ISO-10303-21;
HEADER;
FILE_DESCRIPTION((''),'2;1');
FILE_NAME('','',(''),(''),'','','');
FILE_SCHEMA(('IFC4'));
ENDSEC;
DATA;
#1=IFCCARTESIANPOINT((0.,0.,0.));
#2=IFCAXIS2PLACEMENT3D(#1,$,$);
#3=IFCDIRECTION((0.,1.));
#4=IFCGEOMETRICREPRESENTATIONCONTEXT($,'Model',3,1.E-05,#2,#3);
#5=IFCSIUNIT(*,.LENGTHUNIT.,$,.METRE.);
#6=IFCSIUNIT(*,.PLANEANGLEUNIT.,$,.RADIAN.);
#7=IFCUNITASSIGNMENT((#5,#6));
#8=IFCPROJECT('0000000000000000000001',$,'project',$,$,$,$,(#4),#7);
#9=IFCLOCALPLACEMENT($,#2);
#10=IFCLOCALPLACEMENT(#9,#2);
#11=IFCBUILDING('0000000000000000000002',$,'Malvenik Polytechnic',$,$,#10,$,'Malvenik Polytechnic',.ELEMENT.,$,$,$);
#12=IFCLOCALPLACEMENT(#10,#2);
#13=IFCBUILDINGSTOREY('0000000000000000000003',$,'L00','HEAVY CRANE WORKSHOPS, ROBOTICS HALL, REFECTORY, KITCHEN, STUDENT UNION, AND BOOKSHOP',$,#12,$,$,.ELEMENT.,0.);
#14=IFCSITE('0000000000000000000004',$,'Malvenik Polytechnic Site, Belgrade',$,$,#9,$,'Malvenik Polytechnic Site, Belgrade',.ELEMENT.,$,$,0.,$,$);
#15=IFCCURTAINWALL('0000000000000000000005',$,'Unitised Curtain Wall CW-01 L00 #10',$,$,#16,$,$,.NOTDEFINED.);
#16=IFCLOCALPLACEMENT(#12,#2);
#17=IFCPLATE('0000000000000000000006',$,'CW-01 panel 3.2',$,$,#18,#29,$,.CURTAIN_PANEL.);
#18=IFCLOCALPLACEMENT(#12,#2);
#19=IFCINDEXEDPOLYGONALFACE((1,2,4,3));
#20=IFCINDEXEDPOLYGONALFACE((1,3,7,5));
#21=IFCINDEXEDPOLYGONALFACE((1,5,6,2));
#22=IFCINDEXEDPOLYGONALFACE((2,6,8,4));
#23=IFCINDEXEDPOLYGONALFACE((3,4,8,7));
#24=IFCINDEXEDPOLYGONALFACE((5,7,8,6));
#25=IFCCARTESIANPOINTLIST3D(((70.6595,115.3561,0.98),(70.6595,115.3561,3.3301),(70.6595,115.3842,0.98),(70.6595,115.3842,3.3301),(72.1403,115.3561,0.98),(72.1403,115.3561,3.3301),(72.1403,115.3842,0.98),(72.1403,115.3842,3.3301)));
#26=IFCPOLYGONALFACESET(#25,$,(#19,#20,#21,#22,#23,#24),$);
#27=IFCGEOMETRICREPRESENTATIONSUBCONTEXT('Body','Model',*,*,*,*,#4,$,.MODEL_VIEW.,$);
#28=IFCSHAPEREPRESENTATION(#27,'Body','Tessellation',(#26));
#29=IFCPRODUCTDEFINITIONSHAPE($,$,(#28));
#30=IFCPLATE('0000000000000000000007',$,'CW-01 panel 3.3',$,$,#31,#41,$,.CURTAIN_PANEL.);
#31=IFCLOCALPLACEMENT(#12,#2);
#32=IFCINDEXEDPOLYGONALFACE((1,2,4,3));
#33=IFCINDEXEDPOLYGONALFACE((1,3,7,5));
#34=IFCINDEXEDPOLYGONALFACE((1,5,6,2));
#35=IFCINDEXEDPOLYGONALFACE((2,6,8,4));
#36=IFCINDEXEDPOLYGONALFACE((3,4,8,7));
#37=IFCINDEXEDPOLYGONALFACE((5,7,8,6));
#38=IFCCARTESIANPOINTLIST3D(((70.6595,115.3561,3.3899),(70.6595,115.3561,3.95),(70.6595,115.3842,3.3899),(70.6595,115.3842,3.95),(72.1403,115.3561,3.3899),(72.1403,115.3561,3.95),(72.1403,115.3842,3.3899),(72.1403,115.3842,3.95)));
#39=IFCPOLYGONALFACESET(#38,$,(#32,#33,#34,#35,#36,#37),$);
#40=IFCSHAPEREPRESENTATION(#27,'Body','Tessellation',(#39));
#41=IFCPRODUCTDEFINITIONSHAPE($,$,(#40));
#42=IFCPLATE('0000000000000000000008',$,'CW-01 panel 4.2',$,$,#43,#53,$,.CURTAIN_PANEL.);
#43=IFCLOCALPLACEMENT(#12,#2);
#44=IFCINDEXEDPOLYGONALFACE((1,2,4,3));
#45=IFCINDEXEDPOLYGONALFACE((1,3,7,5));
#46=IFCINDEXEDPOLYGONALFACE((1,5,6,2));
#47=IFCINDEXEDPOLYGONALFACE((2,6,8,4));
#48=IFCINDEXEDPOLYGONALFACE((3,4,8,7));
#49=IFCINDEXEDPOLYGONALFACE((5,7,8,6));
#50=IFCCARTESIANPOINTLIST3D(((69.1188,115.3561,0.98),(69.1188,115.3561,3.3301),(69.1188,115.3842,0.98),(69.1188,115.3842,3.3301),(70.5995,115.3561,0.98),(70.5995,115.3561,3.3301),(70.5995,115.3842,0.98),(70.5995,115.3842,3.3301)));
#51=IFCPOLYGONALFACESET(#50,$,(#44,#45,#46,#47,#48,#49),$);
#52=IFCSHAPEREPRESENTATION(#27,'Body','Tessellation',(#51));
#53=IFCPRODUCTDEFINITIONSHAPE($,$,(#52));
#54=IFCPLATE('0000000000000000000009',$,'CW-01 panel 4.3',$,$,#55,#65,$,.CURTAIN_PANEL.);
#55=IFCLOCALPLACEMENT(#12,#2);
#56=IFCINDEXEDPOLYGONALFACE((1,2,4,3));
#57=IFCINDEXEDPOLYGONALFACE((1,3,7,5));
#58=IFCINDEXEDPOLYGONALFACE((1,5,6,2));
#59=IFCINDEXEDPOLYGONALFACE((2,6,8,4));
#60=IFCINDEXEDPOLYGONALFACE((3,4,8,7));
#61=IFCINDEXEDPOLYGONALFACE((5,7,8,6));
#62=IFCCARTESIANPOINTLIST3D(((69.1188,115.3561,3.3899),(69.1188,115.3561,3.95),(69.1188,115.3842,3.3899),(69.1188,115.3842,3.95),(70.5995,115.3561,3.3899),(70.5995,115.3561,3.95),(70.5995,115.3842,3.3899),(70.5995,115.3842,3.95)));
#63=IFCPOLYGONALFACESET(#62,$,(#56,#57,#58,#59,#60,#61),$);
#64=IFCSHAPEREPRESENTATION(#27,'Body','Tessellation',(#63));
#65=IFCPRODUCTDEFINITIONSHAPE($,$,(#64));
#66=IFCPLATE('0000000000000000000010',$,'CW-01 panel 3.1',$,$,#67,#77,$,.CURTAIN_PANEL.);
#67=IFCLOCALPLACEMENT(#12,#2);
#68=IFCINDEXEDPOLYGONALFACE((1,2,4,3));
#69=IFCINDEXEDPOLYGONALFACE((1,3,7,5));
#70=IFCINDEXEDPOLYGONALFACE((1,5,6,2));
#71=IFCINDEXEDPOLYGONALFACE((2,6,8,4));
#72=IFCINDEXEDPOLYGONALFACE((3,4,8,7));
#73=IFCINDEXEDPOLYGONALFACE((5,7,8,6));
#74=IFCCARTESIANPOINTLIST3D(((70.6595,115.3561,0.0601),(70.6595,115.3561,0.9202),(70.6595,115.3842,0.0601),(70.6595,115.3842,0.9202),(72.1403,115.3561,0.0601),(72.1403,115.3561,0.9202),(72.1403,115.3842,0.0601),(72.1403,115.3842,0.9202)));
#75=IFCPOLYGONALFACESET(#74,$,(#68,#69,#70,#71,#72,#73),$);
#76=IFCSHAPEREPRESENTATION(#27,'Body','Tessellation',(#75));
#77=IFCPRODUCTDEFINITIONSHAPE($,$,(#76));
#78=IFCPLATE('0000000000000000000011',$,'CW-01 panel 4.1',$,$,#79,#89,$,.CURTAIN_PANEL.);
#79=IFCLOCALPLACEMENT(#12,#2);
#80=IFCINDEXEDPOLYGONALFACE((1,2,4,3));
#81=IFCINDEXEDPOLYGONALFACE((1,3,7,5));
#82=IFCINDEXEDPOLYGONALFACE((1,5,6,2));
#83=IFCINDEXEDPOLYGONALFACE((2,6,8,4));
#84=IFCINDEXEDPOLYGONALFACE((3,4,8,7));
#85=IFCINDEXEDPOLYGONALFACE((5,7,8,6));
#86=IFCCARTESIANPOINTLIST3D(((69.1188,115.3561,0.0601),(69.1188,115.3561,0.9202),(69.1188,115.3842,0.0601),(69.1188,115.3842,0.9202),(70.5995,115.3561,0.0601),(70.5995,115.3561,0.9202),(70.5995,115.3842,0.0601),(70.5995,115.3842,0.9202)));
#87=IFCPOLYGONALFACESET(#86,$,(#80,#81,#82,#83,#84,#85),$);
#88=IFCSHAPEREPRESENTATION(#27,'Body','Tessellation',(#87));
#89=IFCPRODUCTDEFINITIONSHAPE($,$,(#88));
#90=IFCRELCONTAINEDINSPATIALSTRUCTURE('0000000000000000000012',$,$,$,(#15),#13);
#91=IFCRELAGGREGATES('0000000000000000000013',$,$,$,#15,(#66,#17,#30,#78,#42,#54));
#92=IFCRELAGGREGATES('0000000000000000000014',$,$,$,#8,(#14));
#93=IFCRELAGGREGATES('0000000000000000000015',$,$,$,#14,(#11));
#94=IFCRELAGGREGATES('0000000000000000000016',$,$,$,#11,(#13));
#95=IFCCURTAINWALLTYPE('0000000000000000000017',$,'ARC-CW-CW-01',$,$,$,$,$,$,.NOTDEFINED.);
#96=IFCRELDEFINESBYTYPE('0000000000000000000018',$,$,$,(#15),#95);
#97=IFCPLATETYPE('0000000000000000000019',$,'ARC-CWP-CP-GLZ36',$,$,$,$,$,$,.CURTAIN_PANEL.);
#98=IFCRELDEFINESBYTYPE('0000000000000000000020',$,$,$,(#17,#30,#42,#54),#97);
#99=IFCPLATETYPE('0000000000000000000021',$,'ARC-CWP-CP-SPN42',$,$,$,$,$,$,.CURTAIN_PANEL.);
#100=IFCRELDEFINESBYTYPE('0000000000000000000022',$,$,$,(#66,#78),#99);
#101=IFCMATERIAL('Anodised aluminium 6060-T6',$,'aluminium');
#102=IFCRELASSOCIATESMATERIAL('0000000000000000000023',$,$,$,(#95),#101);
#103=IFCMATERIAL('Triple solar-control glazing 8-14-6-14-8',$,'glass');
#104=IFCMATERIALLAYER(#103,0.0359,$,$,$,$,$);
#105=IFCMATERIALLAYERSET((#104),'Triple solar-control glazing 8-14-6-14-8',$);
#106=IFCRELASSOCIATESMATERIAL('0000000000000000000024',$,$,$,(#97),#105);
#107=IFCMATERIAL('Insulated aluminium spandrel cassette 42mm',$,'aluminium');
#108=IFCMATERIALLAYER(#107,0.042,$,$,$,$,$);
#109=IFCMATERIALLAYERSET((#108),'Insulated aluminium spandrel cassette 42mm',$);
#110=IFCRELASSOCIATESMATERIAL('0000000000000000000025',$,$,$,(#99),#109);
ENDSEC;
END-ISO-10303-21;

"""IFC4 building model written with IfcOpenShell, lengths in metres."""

from ifc_helpers import new_model, si_unit, direction, frame, origin, origin_2d, place, context, subcontext, project, spatial, rectangle, extrude, material, layer, layer_set, type_object, element, aggregate, save


model = new_model("IFC4")

# Units and contexts
model_context = context("Model", 3, precision=1e-05, world=origin(), true_north=direction((0.0, 1.0)))
body_context = subcontext(model_context, "Body", "Model", "MODEL_VIEW")
ifc_project = project(units=[si_unit("LENGTHUNIT", "METRE"), si_unit("PLANEANGLEUNIT", "RADIAN")], contexts=[model_context])

# Site, building, storey
site_placement = place(None, origin())
site = spatial("IfcSite", under=ifc_project, at=site_placement, Name="Malvenik Polytechnic Site, Belgrade", LongName="Malvenik Polytechnic Site, Belgrade", CompositionType="ELEMENT", RefElevation=0.0)
building_placement = place(site_placement, origin())
building = spatial("IfcBuilding", under=site, at=building_placement, Name="Malvenik Polytechnic", LongName="Malvenik Polytechnic", CompositionType="ELEMENT")
storey_placement = place(building_placement, origin())
storey = spatial("IfcBuildingStorey", under=building, at=storey_placement, Name="L00", Description="HEAVY CRANE WORKSHOPS, ROBOTICS HALL, REFECTORY, KITCHEN, STUDENT UNION, AND BOOKSHOP", CompositionType="ELEMENT", Elevation=0.0)

# Curtain wall, plates
ifc_material_1 = material(Name="Anodised aluminium 6060-T6", Category="aluminium")
curtain_wall_type = type_object("IfcCurtainWallType", Name="ARC-CW-CW-01", PredefinedType="NOTDEFINED", material=ifc_material_1)
curtain_wall_placement = place(storey_placement, origin())
curtain_wall = element("IfcCurtainWall", 1, at=curtain_wall_placement, inside=storey, type_object=curtain_wall_type, Name="Unitised Curtain Wall CW-01 L00 #10", PredefinedType="NOTDEFINED")
ifc_material_2 = material(Name="Triple solar-control glazing 8-14-6-14-8", Category="glass")
ifc_layer_1 = layer(ifc_material_2, 0.0359)
ifc_layer_set_1 = layer_set([ifc_layer_1], Name="Triple solar-control glazing 8-14-6-14-8")
plate_type_1 = type_object("IfcPlateType", Name="ARC-CWP-CP-GLZ36", PredefinedType="CURTAIN_PANEL", material=ifc_layer_set_1)
plate_1_placement = place(storey_placement, frame((71.3999, 115.3701, 0.98), z_axis=(0.0, 0.0, 1.0), x_axis=(-1.0, 0.0, 0.0)))
plate_1 = element("IfcPlate", 2, at=plate_1_placement, type_object=plate_type_1, Name="CW-01 panel 3.2", PredefinedType="CURTAIN_PANEL", context=body_context, shape_type="SweptSolid", body=[
    extrude(rectangle(XDim=1.4807, YDim=0.0281, at=origin_2d()), origin(), (0.0, 0.0, 1.0), 2.3501),
])
plate_2_placement = place(storey_placement, frame((71.3999, 115.3701, 3.3899), z_axis=(0.0, 0.0, 1.0), x_axis=(-1.0, 0.0, 0.0)))
plate_2 = element("IfcPlate", 3, at=plate_2_placement, type_object=plate_type_1, Name="CW-01 panel 3.3", PredefinedType="CURTAIN_PANEL", context=body_context, shape_type="SweptSolid", body=[
    extrude(rectangle(XDim=1.4807, YDim=0.0281, at=origin_2d()), origin(), (0.0, 0.0, 1.0), 0.5601),
])
plate_3_placement = place(storey_placement, frame((69.8591, 115.3701, 0.98), z_axis=(0.0, 0.0, 1.0), x_axis=(-1.0, 0.0, 0.0)))
plate_3 = element("IfcPlate", 4, at=plate_3_placement, type_object=plate_type_1, Name="CW-01 panel 4.2", PredefinedType="CURTAIN_PANEL", context=body_context, shape_type="SweptSolid", body=[
    extrude(rectangle(XDim=1.4807, YDim=0.0281, at=origin_2d()), origin(), (0.0, 0.0, 1.0), 2.3501),
])
plate_4_placement = place(storey_placement, frame((69.8591, 115.3701, 3.3899), z_axis=(0.0, 0.0, 1.0), x_axis=(-1.0, 0.0, 0.0)))
plate_4 = element("IfcPlate", 5, at=plate_4_placement, type_object=plate_type_1, Name="CW-01 panel 4.3", PredefinedType="CURTAIN_PANEL", context=body_context, shape_type="SweptSolid", body=[
    extrude(rectangle(XDim=1.4807, YDim=0.0281, at=origin_2d()), origin(), (0.0, 0.0, 1.0), 0.5601),
])
ifc_material_3 = material(Name="Insulated aluminium spandrel cassette 42mm", Category="aluminium")
ifc_layer_2 = layer(ifc_material_3, 0.042)
ifc_layer_set_2 = layer_set([ifc_layer_2], Name="Insulated aluminium spandrel cassette 42mm")
plate_type_2 = type_object("IfcPlateType", Name="ARC-CWP-CP-SPN42", PredefinedType="CURTAIN_PANEL", material=ifc_layer_set_2)
plate_5_placement = place(storey_placement, frame((71.3999, 115.3701, 0.0601), z_axis=(0.0, 0.0, 1.0), x_axis=(-1.0, 0.0, 0.0)))
plate_5 = element("IfcPlate", 6, at=plate_5_placement, type_object=plate_type_2, Name="CW-01 panel 3.1", PredefinedType="CURTAIN_PANEL", context=body_context, shape_type="SweptSolid", body=[
    extrude(rectangle(XDim=1.4807, YDim=0.0281, at=origin_2d()), origin(), (0.0, 0.0, 1.0), 0.8601),
])
plate_6_placement = place(storey_placement, frame((69.8591, 115.3701, 0.0601), z_axis=(0.0, 0.0, 1.0), x_axis=(-1.0, 0.0, 0.0)))
plate_6 = element("IfcPlate", 7, at=plate_6_placement, type_object=plate_type_2, Name="CW-01 panel 4.1", PredefinedType="CURTAIN_PANEL", context=body_context, shape_type="SweptSolid", body=[
    extrude(rectangle(XDim=1.4807, YDim=0.0281, at=origin_2d()), origin(), (0.0, 0.0, 1.0), 0.8601),
])
aggregate(curtain_wall, [plate_5, plate_1, plate_2, plate_6, plate_3, plate_4])

save(model, "model.ifc")
